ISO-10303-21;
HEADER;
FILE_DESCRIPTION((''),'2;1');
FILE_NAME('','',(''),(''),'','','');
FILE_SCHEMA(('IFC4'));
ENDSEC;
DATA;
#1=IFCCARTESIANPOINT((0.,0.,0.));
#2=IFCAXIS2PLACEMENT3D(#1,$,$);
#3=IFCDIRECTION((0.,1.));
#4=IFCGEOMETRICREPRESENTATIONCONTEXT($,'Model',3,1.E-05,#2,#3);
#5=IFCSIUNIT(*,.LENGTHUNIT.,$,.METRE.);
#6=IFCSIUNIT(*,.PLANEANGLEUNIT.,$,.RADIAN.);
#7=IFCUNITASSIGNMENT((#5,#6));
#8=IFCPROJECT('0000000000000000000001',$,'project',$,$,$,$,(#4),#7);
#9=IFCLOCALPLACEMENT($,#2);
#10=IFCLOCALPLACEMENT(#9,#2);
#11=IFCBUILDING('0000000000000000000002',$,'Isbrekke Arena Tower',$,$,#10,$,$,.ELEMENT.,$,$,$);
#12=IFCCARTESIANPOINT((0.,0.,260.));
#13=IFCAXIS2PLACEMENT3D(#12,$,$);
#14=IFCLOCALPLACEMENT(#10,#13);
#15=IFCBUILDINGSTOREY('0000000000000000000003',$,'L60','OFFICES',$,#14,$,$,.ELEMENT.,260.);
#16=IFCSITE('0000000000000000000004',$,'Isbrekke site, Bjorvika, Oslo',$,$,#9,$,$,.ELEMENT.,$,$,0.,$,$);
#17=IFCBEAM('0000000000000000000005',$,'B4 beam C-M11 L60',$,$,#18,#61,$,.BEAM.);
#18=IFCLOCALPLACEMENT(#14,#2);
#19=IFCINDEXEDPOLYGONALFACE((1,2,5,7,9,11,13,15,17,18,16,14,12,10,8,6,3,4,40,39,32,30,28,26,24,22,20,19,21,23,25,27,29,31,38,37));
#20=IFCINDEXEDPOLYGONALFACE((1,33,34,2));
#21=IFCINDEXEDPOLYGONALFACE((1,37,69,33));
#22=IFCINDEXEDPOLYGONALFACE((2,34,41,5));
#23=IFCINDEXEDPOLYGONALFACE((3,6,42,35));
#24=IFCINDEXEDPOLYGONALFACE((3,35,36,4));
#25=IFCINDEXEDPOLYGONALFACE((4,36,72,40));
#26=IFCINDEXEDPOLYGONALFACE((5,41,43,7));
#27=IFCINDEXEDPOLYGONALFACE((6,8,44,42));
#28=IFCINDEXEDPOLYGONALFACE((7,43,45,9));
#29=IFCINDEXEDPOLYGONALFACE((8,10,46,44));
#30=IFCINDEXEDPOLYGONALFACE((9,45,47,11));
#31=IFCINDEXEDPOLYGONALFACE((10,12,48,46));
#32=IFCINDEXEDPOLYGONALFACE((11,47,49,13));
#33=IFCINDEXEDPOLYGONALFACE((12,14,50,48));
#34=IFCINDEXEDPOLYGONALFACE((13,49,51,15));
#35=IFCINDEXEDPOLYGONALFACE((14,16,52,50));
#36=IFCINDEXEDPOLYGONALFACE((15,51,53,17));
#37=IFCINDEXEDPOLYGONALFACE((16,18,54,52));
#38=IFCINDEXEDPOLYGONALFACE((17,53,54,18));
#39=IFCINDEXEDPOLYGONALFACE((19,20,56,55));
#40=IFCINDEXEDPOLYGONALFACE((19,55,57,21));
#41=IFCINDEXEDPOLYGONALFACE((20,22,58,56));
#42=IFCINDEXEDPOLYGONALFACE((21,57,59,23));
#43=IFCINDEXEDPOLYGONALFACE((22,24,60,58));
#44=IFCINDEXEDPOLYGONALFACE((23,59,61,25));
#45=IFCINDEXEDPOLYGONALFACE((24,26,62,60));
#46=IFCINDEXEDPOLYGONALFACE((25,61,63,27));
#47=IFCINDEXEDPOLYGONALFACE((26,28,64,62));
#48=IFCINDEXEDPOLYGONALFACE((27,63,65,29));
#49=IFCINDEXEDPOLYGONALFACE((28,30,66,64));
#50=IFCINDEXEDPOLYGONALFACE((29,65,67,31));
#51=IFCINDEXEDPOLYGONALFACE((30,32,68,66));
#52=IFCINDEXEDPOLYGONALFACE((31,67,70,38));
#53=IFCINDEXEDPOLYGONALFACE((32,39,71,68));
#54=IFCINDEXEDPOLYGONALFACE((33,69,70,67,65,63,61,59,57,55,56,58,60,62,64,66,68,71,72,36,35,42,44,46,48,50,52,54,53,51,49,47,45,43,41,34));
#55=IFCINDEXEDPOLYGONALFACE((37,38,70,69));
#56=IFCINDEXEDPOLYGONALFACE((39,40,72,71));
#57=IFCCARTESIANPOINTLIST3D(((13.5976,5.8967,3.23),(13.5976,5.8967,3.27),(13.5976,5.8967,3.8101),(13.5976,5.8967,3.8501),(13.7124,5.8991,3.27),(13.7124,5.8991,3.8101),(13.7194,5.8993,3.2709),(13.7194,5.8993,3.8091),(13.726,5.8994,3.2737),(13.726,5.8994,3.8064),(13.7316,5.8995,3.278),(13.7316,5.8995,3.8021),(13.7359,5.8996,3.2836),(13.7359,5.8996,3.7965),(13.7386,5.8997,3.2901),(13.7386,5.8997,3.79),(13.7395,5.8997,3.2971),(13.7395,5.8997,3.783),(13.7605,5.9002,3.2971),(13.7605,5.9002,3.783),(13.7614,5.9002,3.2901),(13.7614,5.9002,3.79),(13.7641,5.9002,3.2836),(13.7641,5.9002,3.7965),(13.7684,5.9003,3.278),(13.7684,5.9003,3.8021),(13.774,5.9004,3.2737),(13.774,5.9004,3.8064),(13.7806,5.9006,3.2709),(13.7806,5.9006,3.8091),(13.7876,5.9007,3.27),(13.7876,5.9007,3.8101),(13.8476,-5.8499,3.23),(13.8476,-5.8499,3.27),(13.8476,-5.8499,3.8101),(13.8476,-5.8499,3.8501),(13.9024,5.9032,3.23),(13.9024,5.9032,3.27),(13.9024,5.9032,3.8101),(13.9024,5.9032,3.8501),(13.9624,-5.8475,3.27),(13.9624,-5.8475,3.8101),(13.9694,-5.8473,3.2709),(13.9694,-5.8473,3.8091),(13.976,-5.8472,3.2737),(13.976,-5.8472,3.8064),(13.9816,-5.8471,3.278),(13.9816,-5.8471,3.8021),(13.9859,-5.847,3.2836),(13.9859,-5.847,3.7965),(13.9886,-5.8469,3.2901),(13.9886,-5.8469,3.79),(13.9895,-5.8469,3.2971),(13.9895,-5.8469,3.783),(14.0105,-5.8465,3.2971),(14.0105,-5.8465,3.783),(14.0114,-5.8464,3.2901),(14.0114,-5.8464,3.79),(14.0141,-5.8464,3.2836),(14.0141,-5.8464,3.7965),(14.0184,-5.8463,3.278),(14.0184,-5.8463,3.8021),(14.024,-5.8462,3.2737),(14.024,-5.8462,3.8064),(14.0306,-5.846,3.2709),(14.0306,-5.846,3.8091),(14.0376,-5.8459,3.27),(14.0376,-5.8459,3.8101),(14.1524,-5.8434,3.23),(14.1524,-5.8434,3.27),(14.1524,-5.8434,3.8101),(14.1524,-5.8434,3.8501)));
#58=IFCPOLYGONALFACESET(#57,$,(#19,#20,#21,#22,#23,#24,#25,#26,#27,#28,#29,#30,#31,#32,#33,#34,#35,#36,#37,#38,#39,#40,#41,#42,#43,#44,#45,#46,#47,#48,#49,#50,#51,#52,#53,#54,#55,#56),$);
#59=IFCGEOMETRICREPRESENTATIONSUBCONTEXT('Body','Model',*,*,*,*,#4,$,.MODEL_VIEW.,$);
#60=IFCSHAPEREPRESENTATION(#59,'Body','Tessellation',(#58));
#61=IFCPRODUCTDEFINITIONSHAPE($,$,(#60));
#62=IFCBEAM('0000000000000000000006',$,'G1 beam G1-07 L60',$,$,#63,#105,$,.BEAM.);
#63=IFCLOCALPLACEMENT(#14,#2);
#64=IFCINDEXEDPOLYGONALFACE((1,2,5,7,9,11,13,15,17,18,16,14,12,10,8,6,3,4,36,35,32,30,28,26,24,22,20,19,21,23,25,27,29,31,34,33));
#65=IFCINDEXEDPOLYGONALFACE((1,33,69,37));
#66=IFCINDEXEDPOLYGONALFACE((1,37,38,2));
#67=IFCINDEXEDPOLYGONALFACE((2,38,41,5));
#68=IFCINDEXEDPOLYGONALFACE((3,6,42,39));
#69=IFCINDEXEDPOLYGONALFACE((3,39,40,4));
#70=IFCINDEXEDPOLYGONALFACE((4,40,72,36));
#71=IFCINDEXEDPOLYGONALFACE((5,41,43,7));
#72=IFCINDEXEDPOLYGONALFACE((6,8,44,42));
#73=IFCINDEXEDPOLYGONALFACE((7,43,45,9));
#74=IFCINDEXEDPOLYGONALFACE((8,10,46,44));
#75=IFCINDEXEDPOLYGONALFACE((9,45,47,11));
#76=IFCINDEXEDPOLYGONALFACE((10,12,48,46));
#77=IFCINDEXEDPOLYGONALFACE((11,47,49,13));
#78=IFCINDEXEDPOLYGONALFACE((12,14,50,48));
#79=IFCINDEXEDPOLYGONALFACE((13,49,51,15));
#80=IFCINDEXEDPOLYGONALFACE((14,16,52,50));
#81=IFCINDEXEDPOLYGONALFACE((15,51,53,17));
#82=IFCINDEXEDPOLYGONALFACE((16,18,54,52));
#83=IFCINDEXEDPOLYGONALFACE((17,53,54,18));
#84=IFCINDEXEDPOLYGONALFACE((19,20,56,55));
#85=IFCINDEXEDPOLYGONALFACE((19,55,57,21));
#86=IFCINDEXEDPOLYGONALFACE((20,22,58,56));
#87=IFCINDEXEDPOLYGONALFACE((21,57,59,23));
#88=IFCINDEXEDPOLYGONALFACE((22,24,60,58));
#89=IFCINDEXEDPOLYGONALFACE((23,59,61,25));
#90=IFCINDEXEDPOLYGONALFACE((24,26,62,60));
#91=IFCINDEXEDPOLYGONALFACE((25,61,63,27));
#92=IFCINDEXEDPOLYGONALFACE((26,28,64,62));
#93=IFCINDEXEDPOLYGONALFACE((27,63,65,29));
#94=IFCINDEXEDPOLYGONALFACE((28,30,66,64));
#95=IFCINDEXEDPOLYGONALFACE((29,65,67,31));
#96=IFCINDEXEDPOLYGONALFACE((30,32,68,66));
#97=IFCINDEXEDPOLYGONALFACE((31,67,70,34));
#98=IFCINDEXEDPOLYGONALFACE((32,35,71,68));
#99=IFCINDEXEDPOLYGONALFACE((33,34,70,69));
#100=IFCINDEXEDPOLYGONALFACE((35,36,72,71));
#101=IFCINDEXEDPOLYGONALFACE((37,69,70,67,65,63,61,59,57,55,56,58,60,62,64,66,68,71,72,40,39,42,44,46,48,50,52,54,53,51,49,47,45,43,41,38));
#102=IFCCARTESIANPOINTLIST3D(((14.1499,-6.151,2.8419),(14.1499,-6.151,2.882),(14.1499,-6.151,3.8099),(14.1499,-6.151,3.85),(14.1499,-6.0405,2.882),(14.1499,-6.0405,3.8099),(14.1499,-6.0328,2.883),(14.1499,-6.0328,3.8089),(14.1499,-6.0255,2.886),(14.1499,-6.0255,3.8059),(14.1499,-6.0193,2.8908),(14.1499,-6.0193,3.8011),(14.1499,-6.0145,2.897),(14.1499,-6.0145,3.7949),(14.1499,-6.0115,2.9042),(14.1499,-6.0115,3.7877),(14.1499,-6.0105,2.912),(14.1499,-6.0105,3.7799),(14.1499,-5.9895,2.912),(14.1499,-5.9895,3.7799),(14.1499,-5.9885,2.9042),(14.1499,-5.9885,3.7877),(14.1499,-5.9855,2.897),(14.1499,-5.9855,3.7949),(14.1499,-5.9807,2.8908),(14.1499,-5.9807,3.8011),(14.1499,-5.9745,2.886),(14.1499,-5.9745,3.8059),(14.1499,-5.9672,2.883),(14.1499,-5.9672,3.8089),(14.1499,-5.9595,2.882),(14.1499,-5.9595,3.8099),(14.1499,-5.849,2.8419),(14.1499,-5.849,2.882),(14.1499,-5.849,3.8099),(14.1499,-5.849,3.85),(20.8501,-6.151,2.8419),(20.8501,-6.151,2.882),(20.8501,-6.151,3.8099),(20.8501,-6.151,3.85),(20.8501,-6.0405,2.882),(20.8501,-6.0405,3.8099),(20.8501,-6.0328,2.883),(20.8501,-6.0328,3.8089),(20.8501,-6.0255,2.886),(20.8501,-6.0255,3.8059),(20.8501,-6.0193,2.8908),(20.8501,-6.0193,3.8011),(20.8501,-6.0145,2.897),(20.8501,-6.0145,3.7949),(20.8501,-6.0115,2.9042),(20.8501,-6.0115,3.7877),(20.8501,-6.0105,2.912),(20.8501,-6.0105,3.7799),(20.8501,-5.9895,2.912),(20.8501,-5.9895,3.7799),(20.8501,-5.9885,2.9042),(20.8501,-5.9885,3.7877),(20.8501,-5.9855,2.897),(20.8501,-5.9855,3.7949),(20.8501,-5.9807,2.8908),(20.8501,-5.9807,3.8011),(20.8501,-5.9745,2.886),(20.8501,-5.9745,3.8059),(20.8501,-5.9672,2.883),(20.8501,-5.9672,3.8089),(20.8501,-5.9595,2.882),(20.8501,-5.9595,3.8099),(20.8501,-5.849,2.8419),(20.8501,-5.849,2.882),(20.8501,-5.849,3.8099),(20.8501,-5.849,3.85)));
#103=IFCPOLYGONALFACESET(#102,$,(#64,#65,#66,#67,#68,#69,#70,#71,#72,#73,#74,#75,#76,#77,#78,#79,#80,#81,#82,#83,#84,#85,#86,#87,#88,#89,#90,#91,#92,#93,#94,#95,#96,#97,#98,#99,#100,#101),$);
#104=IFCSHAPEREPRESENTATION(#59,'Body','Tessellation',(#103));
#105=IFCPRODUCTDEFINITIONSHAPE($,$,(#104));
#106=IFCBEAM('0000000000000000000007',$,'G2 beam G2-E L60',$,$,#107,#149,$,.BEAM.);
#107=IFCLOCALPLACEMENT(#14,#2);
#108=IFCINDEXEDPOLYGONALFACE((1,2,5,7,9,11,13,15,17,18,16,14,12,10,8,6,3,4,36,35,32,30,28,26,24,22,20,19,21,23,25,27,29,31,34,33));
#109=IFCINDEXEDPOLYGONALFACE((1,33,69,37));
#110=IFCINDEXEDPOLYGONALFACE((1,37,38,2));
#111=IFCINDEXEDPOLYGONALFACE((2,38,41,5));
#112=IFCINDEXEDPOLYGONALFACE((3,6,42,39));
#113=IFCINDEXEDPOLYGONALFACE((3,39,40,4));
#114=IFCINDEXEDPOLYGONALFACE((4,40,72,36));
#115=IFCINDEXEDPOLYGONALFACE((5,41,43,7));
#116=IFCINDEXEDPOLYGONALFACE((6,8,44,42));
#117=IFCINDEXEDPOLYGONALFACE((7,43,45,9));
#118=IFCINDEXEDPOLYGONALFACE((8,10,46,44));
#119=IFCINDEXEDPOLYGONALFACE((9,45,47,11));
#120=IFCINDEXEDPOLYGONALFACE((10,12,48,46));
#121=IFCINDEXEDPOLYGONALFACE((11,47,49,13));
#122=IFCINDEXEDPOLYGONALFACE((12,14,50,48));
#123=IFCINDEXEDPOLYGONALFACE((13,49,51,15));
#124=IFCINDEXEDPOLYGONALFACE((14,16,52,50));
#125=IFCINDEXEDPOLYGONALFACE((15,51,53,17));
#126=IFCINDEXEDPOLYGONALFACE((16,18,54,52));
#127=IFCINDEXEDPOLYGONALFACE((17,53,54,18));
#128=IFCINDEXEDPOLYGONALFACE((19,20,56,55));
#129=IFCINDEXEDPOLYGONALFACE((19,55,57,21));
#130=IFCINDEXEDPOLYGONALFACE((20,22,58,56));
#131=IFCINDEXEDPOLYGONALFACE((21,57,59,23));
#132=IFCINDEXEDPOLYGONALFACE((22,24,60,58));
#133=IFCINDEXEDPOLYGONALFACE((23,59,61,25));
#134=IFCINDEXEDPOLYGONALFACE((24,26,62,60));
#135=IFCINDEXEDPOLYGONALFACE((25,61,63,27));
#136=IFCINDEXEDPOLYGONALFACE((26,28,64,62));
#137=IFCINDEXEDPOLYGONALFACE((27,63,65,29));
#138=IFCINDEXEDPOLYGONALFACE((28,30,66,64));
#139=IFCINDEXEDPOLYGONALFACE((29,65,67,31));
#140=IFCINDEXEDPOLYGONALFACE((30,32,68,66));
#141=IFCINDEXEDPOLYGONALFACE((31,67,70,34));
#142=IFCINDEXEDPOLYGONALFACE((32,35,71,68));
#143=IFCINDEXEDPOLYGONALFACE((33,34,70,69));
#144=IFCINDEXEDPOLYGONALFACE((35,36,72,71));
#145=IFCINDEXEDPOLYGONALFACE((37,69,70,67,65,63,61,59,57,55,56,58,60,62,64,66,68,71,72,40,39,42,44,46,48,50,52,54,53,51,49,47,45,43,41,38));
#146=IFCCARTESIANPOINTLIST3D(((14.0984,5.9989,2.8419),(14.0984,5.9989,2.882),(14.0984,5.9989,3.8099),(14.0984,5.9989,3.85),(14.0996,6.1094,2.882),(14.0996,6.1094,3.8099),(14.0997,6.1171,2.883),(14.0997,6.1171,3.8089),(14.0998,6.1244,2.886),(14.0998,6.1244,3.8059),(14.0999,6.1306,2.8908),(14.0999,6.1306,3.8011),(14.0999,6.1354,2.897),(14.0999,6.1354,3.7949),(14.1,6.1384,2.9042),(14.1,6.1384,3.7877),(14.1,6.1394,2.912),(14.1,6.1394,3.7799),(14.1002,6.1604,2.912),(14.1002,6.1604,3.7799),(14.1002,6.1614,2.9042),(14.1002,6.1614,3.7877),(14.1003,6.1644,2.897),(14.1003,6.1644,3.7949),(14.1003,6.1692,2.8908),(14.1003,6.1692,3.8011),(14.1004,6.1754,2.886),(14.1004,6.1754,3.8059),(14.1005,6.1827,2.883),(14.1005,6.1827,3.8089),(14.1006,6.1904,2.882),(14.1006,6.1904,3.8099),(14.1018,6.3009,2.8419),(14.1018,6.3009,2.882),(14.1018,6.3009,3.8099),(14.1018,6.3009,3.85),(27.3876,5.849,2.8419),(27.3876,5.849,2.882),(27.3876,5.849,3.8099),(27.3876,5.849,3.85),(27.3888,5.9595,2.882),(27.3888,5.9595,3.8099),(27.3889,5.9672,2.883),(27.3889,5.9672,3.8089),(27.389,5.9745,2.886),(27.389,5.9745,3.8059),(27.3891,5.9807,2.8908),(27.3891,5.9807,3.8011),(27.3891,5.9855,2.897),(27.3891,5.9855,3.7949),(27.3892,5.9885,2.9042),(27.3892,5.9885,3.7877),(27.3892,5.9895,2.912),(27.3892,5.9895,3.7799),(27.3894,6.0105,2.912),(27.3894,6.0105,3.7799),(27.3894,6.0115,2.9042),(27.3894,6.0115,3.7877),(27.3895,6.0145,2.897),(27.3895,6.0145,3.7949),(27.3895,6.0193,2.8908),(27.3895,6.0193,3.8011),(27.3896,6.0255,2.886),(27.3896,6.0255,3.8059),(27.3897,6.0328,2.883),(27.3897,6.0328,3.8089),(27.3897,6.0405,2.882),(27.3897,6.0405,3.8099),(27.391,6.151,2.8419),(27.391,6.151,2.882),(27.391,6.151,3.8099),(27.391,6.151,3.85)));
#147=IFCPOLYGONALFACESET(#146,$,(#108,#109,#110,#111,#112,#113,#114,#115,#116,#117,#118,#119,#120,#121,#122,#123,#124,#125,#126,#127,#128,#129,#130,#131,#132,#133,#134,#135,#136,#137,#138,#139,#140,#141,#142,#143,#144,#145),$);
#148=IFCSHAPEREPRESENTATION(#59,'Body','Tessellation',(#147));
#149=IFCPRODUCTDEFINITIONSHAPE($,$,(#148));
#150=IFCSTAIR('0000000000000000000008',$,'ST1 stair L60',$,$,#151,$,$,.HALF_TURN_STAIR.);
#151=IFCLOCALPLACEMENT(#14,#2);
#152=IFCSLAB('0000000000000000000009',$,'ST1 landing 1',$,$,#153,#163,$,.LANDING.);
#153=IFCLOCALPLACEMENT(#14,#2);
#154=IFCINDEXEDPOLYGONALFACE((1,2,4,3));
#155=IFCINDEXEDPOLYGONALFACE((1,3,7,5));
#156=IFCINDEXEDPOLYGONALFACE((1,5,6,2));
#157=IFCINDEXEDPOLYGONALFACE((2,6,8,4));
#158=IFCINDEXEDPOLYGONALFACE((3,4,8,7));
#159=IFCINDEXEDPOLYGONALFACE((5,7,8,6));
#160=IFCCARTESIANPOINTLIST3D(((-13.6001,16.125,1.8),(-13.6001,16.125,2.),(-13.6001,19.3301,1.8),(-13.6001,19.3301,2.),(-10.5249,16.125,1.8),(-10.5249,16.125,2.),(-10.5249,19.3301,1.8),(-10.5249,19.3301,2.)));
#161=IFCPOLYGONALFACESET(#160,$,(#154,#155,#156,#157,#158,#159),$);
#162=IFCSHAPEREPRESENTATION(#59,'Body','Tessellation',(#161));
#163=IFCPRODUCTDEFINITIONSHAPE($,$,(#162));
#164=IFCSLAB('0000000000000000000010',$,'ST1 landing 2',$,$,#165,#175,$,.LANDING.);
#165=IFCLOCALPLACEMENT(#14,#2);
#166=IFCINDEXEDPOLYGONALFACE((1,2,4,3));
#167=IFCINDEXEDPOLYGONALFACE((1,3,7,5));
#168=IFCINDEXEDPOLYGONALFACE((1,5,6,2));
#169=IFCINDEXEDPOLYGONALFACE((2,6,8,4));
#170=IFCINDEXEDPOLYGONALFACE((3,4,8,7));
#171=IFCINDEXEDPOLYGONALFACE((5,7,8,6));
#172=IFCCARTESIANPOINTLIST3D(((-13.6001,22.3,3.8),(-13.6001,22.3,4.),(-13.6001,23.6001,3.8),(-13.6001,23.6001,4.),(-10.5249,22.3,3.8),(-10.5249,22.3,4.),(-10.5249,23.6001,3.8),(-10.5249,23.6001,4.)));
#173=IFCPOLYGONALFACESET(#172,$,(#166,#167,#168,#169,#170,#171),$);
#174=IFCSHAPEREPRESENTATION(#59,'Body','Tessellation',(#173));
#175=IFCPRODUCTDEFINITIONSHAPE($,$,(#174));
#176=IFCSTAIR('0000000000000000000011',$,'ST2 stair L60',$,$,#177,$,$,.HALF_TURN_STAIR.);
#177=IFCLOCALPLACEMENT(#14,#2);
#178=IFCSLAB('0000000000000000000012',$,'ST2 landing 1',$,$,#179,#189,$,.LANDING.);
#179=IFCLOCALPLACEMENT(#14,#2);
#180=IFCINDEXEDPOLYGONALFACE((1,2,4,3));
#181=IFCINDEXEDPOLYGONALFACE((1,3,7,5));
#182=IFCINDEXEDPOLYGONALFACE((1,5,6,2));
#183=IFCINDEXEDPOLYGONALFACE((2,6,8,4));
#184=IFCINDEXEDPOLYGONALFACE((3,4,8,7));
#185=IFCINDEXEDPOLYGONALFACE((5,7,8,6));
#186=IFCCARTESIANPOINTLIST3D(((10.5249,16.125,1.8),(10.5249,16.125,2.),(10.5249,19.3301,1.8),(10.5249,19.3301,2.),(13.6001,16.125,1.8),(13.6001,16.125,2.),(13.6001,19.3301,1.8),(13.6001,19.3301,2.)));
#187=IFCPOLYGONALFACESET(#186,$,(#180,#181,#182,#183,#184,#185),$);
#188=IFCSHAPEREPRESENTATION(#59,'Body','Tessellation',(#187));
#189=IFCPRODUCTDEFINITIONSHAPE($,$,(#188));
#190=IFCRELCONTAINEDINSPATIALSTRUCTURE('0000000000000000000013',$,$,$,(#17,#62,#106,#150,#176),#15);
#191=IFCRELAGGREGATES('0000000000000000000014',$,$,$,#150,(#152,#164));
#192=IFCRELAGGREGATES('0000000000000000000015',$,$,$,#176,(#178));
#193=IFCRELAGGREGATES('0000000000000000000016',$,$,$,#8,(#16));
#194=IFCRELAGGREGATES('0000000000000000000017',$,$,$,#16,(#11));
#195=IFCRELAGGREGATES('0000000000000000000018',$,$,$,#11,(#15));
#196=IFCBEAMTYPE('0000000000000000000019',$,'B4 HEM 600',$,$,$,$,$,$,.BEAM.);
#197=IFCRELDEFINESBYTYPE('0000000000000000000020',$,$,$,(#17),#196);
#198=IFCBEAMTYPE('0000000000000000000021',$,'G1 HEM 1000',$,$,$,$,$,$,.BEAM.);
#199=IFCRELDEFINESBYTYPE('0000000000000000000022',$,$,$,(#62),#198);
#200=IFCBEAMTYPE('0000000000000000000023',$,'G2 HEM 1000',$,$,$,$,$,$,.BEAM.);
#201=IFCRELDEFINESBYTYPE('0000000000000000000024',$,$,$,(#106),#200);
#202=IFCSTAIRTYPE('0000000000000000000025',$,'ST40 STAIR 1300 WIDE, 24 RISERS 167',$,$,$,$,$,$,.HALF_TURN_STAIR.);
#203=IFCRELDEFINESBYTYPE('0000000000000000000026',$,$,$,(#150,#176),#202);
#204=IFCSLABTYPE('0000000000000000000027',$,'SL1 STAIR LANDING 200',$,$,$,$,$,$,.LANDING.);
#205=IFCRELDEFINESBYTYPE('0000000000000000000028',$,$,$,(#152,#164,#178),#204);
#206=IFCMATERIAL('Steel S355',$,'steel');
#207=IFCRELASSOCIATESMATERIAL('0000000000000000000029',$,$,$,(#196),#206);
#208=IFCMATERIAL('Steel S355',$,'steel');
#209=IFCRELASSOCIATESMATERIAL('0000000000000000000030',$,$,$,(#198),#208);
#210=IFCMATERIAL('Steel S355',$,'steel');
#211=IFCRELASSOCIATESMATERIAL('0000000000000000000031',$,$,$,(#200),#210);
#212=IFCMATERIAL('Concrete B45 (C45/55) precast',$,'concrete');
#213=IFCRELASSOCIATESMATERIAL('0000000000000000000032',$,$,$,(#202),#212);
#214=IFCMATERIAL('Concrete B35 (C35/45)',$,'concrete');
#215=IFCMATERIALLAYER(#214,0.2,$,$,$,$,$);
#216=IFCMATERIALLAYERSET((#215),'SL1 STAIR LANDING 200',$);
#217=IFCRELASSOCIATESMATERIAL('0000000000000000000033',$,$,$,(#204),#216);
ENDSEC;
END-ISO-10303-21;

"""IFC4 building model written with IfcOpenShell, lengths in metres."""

from ifc_helpers import new_model, si_unit, direction, frame, origin, origin_2d, place, context, subcontext, project, spatial, polyline, i_section, outline, extrude, material, layer, layer_set, material_profile, profile_set, type_object, element, aggregate, save


model = new_model("IFC4")

# Units and contexts
model_context = context("Model", 3, precision=1e-05, world=origin(), true_north=direction((0.0, 1.0)))
body_context = subcontext(model_context, "Body", "Model", "MODEL_VIEW")
ifc_project = project(units=[si_unit("LENGTHUNIT", "METRE"), si_unit("PLANEANGLEUNIT", "RADIAN")], contexts=[model_context])

# Site, building, storey
site_placement = place(None, origin())
site = spatial("IfcSite", under=ifc_project, at=site_placement, Name="Isbrekke site, Bjorvika, Oslo", CompositionType="ELEMENT", RefElevation=0.0)
building_placement = place(site_placement, origin())
building = spatial("IfcBuilding", under=site, at=building_placement, Name="Isbrekke Arena Tower", CompositionType="ELEMENT")
storey_placement = place(building_placement, frame((0.0, 0.0, 260.0)))
storey = spatial("IfcBuildingStorey", under=building, at=storey_placement, Name="L60", Description="OFFICES", CompositionType="ELEMENT", Elevation=260.0)

# Beams
ifc_material_1 = material(Name="Steel S355", Category="steel")
ifc_material_profile_1 = material_profile(ifc_material_1, i_section(OverallWidth=0.3049, OverallDepth=0.6201, WebThickness=0.021, FlangeThickness=0.04, FilletRadius=0.0271, at=origin_2d()), Name="HEM 600")
ifc_profile_set_1 = profile_set([ifc_material_profile_1], Name="Steel S355")
beam_type_1 = type_object("IfcBeamType", Name="B4 HEM 600", PredefinedType="BEAM", material=ifc_profile_set_1)
beam_1_placement = place(storey_placement, frame((14.0, -5.8467, 3.54), z_axis=(-0.021278, 0.999774, 0.0), x_axis=(-0.999774, -0.021278, 0.0)))
element("IfcBeam", 1, at=beam_1_placement, inside=storey, type_object=beam_type_1, Name="B4 beam C-M11 L60", PredefinedType="BEAM", context=body_context, shape_type="SweptSolid", body=[
    extrude(i_section(OverallWidth=0.3049, OverallDepth=0.6201, WebThickness=0.021, FlangeThickness=0.04, FilletRadius=0.0271, at=origin_2d()), origin(), (0.0, 0.0, 1.0), 11.7493),
])
ifc_material_2 = material(Name="Steel S355", Category="steel")
ifc_material_profile_2 = material_profile(ifc_material_2, i_section(OverallWidth=0.302, OverallDepth=1.0081, WebThickness=0.021, FlangeThickness=0.04, FilletRadius=0.03, at=origin_2d()), Name="HEM 1000")
ifc_profile_set_2 = profile_set([ifc_material_profile_2], Name="Steel S355")
beam_type_2 = type_object("IfcBeamType", Name="G1 HEM 1000", PredefinedType="BEAM", material=ifc_profile_set_2)
beam_2_placement = place(storey_placement, frame((14.1499, -6.0, 3.3459), z_axis=(1.0, 0.0, 0.0), x_axis=(0.0, 1.0, 0.0)))
element("IfcBeam", 2, at=beam_2_placement, inside=storey, type_object=beam_type_2, Name="G1 beam G1-07 L60", PredefinedType="BEAM", context=body_context, shape_type="SweptSolid", body=[
    extrude(i_section(OverallWidth=0.302, OverallDepth=1.0081, WebThickness=0.021, FlangeThickness=0.04, FilletRadius=0.03, at=origin_2d()), origin(), (0.0, 0.0, 1.0), 6.7002),
])
ifc_material_3 = material(Name="Steel S355", Category="steel")
ifc_material_profile_3 = material_profile(ifc_material_3, i_section(OverallWidth=0.302, OverallDepth=1.0081, WebThickness=0.021, FlangeThickness=0.04, FilletRadius=0.03, at=origin_2d()), Name="HEM 1000")
ifc_profile_set_3 = profile_set([ifc_material_profile_3], Name="Steel S355")
beam_type_3 = type_object("IfcBeamType", Name="G2 HEM 1000", PredefinedType="BEAM", material=ifc_profile_set_3)
beam_3_placement = place(storey_placement, frame((14.1001, 6.1499, 3.3459), z_axis=(0.999936, -0.011279, 0.0), x_axis=(0.011279, 0.999936, 0.0)))
element("IfcBeam", 3, at=beam_3_placement, inside=storey, type_object=beam_type_3, Name="G2 beam G2-E L60", PredefinedType="BEAM", context=body_context, shape_type="SweptSolid", body=[
    extrude(i_section(OverallWidth=0.302, OverallDepth=1.0081, WebThickness=0.021, FlangeThickness=0.04, FilletRadius=0.03, at=origin_2d()), origin(), (0.0, 0.0, 1.0), 13.29),
])

# Stairs, slabs
ifc_material_4 = material(Name="Concrete B45 (C45/55) precast", Category="concrete")
stair_type = type_object("IfcStairType", Name="ST40 STAIR 1300 WIDE, 24 RISERS 167", PredefinedType="HALF_TURN_STAIR", material=ifc_material_4)
stair_1_placement = place(storey_placement, origin())
stair_1 = element("IfcStair", 4, at=stair_1_placement, inside=storey, type_object=stair_type, Name="ST1 stair L60", PredefinedType="HALF_TURN_STAIR")
ifc_material_5 = material(Name="Concrete B35 (C35/45)", Category="concrete")
ifc_layer_1 = layer(ifc_material_5, 0.2)
ifc_layer_set_1 = layer_set([ifc_layer_1], Name="SL1 STAIR LANDING 200")
slab_type_1 = type_object("IfcSlabType", Name="SL1 STAIR LANDING 200", PredefinedType="LANDING", material=ifc_layer_set_1)
slab_1_placement = place(storey_placement, frame((0.0, 0.0, 1.8)))
slab_1 = element("IfcSlab", 5, at=slab_1_placement, type_object=slab_type_1, Name="ST1 landing 1", PredefinedType="LANDING", context=body_context, shape_type="SweptSolid", body=[
    extrude(outline(polyline([(-13.6001, 16.125), (-10.5249, 16.125), (-10.5249, 19.3301), (-13.6001, 19.3301), (-13.6001, 16.125)])), origin(), (0.0, 0.0, 1.0), 0.2),
])
slab_2_placement = place(storey_placement, frame((0.0, 0.0, 3.8)))
slab_2 = element("IfcSlab", 6, at=slab_2_placement, type_object=slab_type_1, Name="ST1 landing 2", PredefinedType="LANDING", context=body_context, shape_type="SweptSolid", body=[
    extrude(outline(polyline([(-13.6001, 22.3), (-10.5249, 22.3), (-10.5249, 23.6001), (-13.6001, 23.6001), (-13.6001, 22.3)])), origin(), (0.0, 0.0, 1.0), 0.2),
])
aggregate(stair_1, [slab_1, slab_2])
stair_2_placement = place(storey_placement, origin())
stair_2 = element("IfcStair", 7, at=stair_2_placement, inside=storey, type_object=stair_type, Name="ST2 stair L60", PredefinedType="HALF_TURN_STAIR")
slab_3_placement = place(storey_placement, frame((0.0, 0.0, 1.8)))
slab_3 = element("IfcSlab", 8, at=slab_3_placement, type_object=slab_type_1, Name="ST2 landing 1", PredefinedType="LANDING", context=body_context, shape_type="SweptSolid", body=[
    extrude(outline(polyline([(10.5249, 16.125), (13.6001, 16.125), (13.6001, 19.3301), (10.5249, 19.3301), (10.5249, 16.125)])), origin(), (0.0, 0.0, 1.0), 0.2),
])
aggregate(stair_2, [slab_3])

save(model, "model.ifc")
